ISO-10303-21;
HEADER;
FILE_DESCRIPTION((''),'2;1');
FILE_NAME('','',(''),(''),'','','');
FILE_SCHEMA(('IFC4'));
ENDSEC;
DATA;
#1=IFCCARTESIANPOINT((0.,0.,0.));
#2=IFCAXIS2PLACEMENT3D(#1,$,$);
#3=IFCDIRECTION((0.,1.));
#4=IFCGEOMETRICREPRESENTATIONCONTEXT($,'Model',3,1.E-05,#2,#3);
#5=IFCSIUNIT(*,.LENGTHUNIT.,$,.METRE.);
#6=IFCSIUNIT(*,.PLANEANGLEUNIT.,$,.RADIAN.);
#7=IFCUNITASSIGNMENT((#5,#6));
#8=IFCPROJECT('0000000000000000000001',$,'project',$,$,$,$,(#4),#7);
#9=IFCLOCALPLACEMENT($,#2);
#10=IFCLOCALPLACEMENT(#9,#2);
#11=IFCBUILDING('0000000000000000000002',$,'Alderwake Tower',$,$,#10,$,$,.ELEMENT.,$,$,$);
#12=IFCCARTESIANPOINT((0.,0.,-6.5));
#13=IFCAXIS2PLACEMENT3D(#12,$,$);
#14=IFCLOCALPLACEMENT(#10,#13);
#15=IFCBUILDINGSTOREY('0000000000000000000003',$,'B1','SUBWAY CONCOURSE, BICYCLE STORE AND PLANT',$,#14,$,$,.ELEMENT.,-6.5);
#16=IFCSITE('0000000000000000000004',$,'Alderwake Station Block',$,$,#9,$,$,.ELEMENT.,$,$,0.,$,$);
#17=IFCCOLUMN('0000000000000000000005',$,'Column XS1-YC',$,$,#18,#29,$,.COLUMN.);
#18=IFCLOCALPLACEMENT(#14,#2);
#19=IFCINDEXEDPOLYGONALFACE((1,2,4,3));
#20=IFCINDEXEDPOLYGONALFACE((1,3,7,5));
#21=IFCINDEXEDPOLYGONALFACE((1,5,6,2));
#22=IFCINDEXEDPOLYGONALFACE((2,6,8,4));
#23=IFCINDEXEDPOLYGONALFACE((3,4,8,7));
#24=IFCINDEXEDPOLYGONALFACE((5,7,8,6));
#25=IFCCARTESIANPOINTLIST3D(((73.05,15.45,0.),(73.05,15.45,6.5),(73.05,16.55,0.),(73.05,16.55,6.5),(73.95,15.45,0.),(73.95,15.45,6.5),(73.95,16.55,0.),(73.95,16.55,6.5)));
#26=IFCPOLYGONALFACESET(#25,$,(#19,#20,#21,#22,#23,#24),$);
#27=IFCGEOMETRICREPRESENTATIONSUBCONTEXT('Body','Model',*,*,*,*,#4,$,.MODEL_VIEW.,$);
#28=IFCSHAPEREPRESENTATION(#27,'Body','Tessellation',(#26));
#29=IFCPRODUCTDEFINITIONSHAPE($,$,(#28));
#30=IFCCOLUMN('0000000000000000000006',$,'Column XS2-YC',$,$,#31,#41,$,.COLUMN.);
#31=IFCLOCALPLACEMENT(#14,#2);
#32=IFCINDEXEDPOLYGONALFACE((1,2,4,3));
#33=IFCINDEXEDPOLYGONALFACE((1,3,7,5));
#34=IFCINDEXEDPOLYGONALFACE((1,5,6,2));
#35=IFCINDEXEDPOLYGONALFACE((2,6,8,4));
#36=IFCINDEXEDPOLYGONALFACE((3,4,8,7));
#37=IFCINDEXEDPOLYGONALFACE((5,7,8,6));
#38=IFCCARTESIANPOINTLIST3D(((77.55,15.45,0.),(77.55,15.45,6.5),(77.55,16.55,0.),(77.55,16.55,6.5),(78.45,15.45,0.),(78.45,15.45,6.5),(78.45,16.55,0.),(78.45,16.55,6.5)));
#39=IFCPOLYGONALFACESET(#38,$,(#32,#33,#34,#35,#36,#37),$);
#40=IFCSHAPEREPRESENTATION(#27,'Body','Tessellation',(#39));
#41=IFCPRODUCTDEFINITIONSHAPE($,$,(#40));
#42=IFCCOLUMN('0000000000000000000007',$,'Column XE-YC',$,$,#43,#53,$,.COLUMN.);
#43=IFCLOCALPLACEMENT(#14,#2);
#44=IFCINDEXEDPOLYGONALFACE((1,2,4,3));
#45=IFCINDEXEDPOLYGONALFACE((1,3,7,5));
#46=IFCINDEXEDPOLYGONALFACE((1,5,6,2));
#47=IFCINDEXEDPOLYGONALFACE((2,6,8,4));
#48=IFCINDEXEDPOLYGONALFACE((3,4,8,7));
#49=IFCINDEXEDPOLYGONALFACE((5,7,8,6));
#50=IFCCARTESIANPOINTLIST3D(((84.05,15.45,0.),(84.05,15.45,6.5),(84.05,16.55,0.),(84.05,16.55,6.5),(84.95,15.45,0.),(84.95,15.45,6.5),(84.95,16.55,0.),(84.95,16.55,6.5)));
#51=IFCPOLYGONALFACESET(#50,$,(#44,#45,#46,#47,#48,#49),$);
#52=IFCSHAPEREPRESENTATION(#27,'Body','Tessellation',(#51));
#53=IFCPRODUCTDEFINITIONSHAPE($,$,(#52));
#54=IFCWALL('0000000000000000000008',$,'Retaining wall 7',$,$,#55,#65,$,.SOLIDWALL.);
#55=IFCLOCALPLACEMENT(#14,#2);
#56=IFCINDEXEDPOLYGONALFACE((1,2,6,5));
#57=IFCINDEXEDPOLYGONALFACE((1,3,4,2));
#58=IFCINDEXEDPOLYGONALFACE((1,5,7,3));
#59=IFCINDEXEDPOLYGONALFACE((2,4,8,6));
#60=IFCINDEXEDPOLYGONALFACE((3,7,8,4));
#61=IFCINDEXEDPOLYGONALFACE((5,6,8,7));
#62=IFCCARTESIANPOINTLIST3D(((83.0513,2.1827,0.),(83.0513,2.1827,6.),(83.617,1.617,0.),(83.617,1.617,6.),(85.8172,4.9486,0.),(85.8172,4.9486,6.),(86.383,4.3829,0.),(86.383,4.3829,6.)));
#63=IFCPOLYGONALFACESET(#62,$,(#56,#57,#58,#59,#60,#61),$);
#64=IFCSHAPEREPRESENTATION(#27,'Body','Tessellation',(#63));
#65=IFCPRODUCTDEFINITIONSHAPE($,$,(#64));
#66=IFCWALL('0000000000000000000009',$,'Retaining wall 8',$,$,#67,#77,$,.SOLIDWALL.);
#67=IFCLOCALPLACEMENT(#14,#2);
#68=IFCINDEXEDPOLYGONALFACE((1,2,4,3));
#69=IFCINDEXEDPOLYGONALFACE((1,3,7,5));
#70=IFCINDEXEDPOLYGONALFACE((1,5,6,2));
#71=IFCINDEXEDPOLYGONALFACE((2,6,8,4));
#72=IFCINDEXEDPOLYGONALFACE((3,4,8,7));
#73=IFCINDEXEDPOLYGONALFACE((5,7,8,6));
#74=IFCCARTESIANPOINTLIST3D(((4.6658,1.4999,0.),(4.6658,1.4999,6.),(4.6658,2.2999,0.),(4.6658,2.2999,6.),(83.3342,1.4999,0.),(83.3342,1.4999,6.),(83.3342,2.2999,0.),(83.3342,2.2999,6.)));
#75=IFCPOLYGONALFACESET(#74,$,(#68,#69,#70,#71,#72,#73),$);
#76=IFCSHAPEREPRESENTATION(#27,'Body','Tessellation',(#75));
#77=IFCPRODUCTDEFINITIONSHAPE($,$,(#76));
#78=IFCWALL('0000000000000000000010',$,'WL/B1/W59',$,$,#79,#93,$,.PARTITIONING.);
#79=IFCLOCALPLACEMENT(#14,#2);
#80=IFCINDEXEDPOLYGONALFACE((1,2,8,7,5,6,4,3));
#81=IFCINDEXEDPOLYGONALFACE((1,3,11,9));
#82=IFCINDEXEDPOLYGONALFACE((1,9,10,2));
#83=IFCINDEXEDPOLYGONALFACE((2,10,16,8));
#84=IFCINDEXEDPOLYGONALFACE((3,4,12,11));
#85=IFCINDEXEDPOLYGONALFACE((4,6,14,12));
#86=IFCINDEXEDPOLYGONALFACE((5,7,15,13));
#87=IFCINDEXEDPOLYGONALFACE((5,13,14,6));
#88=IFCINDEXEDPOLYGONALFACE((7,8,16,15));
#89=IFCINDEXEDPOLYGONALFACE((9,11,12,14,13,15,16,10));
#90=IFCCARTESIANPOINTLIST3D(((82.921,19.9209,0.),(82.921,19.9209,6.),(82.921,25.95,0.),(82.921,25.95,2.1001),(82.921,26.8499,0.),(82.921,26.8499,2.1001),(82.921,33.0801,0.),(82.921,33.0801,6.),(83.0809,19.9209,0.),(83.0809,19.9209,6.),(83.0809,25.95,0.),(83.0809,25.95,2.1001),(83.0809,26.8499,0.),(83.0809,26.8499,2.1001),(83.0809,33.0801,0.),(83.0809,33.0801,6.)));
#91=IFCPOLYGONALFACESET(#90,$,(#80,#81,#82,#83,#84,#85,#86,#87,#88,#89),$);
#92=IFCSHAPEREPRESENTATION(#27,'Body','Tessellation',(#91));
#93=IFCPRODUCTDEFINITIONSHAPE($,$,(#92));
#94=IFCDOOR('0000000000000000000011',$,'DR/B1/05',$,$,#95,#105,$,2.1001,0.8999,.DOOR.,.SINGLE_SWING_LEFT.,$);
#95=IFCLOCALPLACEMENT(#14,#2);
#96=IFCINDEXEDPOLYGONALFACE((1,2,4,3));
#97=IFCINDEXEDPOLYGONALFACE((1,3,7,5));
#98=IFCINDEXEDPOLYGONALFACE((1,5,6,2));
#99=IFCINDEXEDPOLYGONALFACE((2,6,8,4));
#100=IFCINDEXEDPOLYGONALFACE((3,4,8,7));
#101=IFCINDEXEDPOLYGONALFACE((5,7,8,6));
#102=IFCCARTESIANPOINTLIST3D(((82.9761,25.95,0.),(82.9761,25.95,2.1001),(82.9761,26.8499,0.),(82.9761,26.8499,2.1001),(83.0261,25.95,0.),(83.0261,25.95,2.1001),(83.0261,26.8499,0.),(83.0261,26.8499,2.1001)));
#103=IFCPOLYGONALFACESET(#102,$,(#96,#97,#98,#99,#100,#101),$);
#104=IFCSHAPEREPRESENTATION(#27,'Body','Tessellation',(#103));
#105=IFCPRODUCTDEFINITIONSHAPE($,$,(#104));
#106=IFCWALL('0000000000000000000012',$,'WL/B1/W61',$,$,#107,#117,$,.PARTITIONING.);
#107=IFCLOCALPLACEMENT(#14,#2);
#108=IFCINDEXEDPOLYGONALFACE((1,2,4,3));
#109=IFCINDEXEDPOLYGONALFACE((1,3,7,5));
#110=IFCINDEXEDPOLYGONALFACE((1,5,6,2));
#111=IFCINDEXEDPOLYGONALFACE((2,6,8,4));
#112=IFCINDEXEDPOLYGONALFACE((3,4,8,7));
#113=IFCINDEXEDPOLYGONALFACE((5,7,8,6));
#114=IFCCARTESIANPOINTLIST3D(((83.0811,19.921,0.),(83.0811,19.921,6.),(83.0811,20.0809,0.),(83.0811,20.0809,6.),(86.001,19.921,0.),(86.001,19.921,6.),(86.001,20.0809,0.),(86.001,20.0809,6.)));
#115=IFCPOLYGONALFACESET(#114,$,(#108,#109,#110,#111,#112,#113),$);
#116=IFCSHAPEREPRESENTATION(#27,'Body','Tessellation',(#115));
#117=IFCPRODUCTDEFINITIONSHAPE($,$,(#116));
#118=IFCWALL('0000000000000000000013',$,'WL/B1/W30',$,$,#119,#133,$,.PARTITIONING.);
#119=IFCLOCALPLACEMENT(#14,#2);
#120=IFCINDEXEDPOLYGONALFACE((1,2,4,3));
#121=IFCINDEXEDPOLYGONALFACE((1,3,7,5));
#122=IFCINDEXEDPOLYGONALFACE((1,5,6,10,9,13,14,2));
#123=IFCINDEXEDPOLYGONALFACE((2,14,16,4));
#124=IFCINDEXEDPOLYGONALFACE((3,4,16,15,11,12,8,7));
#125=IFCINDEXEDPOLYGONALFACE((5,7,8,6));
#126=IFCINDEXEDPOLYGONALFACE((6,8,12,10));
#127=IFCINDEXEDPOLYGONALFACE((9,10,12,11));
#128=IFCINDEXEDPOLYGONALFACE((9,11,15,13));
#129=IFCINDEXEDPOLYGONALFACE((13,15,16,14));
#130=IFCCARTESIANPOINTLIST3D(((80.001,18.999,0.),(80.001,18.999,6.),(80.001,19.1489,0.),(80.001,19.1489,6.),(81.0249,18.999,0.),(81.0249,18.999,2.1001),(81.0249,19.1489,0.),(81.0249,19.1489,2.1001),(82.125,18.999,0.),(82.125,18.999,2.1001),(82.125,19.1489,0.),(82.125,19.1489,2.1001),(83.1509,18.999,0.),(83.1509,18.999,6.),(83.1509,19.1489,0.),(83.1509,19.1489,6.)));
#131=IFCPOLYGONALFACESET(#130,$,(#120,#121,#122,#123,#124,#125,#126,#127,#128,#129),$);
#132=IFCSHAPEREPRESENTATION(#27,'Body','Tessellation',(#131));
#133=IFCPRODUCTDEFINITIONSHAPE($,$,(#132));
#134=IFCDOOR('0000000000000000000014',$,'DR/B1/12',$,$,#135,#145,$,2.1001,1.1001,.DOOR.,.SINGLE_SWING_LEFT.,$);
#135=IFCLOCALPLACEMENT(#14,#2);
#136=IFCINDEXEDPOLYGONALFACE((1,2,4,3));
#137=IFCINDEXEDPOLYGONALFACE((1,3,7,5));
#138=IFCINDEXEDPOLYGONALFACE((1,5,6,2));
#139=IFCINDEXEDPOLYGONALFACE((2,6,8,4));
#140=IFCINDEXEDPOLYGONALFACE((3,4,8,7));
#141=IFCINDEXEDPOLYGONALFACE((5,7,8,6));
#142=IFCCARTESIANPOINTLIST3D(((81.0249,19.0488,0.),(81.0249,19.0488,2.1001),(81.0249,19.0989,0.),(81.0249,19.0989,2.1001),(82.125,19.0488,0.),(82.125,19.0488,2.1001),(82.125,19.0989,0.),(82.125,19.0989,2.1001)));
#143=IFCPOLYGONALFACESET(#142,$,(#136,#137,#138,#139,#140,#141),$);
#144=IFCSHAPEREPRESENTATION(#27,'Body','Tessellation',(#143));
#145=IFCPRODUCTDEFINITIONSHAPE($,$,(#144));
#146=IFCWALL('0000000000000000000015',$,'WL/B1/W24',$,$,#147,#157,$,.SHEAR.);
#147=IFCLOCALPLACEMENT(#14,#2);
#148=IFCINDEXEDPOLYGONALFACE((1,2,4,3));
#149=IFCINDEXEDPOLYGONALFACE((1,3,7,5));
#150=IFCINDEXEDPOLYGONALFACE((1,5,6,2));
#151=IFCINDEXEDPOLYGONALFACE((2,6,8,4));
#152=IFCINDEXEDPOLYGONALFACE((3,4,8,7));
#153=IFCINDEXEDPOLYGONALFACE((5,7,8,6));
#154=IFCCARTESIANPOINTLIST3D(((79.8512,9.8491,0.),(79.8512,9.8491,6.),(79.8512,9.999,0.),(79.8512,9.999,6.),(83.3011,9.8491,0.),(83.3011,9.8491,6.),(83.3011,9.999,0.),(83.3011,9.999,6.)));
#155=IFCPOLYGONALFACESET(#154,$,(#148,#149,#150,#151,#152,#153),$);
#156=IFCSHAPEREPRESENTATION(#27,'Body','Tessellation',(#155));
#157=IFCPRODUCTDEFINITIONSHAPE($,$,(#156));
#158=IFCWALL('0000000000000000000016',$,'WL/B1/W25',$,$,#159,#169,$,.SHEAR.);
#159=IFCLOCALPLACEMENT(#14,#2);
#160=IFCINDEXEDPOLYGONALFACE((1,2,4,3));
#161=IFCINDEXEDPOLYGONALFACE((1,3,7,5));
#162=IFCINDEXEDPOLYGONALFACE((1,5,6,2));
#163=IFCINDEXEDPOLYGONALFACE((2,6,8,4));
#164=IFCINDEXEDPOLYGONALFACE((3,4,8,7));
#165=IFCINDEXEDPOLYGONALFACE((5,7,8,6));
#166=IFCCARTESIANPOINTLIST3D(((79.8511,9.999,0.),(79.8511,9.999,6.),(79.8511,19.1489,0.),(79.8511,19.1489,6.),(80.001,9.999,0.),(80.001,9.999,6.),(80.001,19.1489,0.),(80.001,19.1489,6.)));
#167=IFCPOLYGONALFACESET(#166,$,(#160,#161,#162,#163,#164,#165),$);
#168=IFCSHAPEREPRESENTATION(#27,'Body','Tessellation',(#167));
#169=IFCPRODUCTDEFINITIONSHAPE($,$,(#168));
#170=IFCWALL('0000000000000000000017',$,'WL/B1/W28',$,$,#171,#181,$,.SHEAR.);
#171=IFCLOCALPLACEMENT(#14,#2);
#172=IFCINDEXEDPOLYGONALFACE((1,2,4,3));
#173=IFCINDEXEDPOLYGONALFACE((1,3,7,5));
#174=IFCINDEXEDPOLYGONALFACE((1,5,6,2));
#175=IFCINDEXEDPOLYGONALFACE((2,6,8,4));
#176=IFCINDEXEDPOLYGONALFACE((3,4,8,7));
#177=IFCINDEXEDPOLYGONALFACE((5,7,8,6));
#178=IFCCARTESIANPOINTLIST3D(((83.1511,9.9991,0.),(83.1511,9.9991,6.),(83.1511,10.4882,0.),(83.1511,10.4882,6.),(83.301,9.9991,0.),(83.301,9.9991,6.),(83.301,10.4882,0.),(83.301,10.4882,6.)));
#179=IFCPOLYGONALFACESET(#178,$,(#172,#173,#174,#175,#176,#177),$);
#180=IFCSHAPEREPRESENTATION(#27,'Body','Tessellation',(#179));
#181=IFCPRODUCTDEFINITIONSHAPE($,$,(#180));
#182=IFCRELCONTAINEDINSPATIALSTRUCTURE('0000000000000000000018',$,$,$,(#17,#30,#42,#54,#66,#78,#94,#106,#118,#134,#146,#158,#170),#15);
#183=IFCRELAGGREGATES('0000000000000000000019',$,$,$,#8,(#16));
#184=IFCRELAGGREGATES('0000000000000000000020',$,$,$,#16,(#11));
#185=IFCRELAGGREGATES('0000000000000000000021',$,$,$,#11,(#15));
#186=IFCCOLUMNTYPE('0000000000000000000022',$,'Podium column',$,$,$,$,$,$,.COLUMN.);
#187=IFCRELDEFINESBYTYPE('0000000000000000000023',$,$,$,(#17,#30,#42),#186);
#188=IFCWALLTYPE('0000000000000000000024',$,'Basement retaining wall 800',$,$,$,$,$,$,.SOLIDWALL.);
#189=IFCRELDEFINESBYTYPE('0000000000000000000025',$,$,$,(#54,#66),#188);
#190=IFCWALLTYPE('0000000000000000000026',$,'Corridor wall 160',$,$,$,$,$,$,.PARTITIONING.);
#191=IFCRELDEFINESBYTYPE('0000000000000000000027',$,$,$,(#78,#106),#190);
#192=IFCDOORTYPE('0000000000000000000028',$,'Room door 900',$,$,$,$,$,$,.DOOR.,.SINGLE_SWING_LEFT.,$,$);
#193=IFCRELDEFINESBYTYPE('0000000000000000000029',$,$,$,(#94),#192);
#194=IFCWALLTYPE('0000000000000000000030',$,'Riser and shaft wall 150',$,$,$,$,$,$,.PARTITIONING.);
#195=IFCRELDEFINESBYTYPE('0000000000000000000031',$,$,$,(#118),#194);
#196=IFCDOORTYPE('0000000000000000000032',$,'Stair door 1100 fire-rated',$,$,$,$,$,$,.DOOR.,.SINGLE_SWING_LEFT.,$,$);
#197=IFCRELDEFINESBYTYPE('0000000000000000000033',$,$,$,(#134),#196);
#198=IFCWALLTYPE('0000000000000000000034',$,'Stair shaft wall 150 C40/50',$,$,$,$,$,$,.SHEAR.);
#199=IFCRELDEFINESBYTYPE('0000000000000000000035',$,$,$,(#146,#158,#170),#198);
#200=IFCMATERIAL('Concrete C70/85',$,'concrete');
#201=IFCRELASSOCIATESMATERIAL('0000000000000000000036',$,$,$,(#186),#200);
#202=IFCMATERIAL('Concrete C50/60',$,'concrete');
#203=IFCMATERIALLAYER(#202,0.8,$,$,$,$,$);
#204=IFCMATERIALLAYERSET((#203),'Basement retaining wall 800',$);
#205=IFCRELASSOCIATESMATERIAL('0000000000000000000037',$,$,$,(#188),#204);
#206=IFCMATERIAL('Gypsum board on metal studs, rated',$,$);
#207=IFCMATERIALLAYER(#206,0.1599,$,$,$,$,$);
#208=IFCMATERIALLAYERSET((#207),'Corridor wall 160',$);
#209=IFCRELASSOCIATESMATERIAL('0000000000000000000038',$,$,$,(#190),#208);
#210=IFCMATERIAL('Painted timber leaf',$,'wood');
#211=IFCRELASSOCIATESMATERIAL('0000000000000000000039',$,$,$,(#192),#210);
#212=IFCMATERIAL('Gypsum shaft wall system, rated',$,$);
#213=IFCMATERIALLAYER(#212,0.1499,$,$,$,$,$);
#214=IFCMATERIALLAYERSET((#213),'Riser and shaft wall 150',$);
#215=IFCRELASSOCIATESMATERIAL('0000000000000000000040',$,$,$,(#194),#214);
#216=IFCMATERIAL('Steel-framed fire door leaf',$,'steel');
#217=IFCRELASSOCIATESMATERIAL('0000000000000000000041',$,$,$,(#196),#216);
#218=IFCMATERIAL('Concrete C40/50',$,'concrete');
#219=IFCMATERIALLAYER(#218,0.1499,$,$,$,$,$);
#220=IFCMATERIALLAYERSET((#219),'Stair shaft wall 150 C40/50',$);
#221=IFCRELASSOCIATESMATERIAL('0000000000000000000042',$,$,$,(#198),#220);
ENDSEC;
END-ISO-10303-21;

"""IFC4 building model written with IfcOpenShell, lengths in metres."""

from ifc_helpers import new_model, si_unit, direction, frame, frame_2d, origin, origin_2d, place, context, subcontext, project, spatial, rectangle, extrude, material, layer, layer_set, material_profile, profile_set, type_object, element, fill, save


model = new_model("IFC4")

# Units and contexts
model_context = context("Model", 3, precision=1e-05, world=origin(), true_north=direction((0.0, 1.0)))
body_context = subcontext(model_context, "Body", "Model", "MODEL_VIEW")
ifc_project = project(units=[si_unit("LENGTHUNIT", "METRE"), si_unit("PLANEANGLEUNIT", "RADIAN")], contexts=[model_context])

# Site, building, storey
site_placement = place(None, origin())
site = spatial("IfcSite", under=ifc_project, at=site_placement, Name="Alderwake Station Block", CompositionType="ELEMENT", RefElevation=0.0)
building_placement = place(site_placement, origin())
building = spatial("IfcBuilding", under=site, at=building_placement, Name="Alderwake Tower", CompositionType="ELEMENT")
storey_placement = place(building_placement, frame((0.0, 0.0, -6.5)))
storey = spatial("IfcBuildingStorey", under=building, at=storey_placement, Name="B1", Description="SUBWAY CONCOURSE, BICYCLE STORE AND PLANT", CompositionType="ELEMENT", Elevation=-6.5)

# Columns
ifc_material_1 = material(Name="Concrete C70/85", Category="concrete")
ifc_material_profile = material_profile(ifc_material_1, rectangle(XDim=0.8999, YDim=1.1001, at=origin_2d()), Name="RC 1100X900")
ifc_profile_set = profile_set([ifc_material_profile], Name="Concrete C70/85")
column_type = type_object("IfcColumnType", Name="Podium column", PredefinedType="COLUMN", material=ifc_profile_set)
for number, where, z_axis, x_axis, name in (
    (1, (73.5, 16.0, 0.0), (0.0, 0.0, 1.0), (1.0, 0.0, 0.0), "Column XS1-YC"),
    (2, (78.0, 16.0, 0.0), (0.0, 0.0, 1.0), (1.0, 0.0, 0.0), "Column XS2-YC"),
    (3, (84.5, 16.0, 0.0), (0.0, 0.0, 1.0), (1.0, 0.0, 0.0), "Column XE-YC"),
):
    element("IfcColumn", number, at=place(storey_placement, frame(where, z_axis=z_axis, x_axis=x_axis)), inside=storey, type_object=column_type, Name=name, PredefinedType="COLUMN", context=body_context, shape_type="SweptSolid", body=[
        extrude(rectangle(XDim=0.8999, YDim=1.1001, at=origin_2d()), origin(), (0.0, 0.0, 1.0), 6.5),
    ])

# Walls
ifc_material_2 = material(Name="Concrete C50/60", Category="concrete")
ifc_layer_1 = layer(ifc_material_2, 0.8)
ifc_layer_set_1 = layer_set([ifc_layer_1], Name="Basement retaining wall 800")
wall_type_1 = type_object("IfcWallType", Name="Basement retaining wall 800", PredefinedType="SOLIDWALL", material=ifc_layer_set_1)
wall_1_placement = place(storey_placement, frame((86.1001, 4.6658, 0.0), z_axis=(0.0, 0.0, 1.0), x_axis=(-0.707107, -0.707107, 0.0)))
element("IfcWall", 4, at=wall_1_placement, inside=storey, type_object=wall_type_1, Name="Retaining wall 7", PredefinedType="SOLIDWALL", context=body_context, shape_type="SweptSolid", body=[
    extrude(rectangle(XDim=3.9116, YDim=0.8, at=frame_2d((1.9558, 0.0))), origin(), (0.0, 0.0, 1.0), 6.0),
])
wall_2_placement = place(storey_placement, frame((83.3342, 1.8999, 0.0), z_axis=(0.0, 0.0, 1.0), x_axis=(-1.0, 0.0, 0.0)))
element("IfcWall", 5, at=wall_2_placement, inside=storey, type_object=wall_type_1, Name="Retaining wall 8", PredefinedType="SOLIDWALL", context=body_context, shape_type="SweptSolid", body=[
    extrude(rectangle(XDim=78.6685, YDim=0.8, at=frame_2d((39.3342, 0.0))), origin(), (0.0, 0.0, 1.0), 6.0),
])

# Wall, opening, door
ifc_material_3 = material(Name="Gypsum board on metal studs, rated")
ifc_layer_2 = layer(ifc_material_3, 0.1599)
ifc_layer_set_2 = layer_set([ifc_layer_2], Name="Corridor wall 160")
wall_type_2 = type_object("IfcWallType", Name="Corridor wall 160", PredefinedType="PARTITIONING", material=ifc_layer_set_2)
wall_3_placement = place(storey_placement, frame((83.001, 19.9209, 0.0), z_axis=(0.0, 0.0, 1.0), x_axis=(0.0, 1.0, 0.0)))
wall_3 = element("IfcWall", 6, at=wall_3_placement, inside=storey, type_object=wall_type_2, Name="WL/B1/W59", PredefinedType="PARTITIONING", context=body_context, shape_type="SweptSolid", body=[
    extrude(rectangle(XDim=13.1592, YDim=0.1599, at=frame_2d((6.5796, 0.0))), origin(), (0.0, 0.0, 1.0), 6.0),
])
opening_1_placement = place(wall_3_placement, frame((6.0291, 0.0, 0.0)))
opening_1 = element("IfcOpeningElement", 7, at=opening_1_placement, cuts=wall_3, PredefinedType="OPENING", context=body_context, shape_type="SweptSolid", body=[
    extrude(rectangle(XDim=0.8999, YDim=2.1001, at=frame_2d((0.45, 1.05))), frame((0.0, 0.0898, 0.0), z_axis=(0.0, -1.0, 0.0), x_axis=(1.0, 0.0, 0.0)), (0.0, 0.0, 1.0), 0.1799),
])
ifc_material_4 = material(Name="Painted timber leaf", Category="wood")
door_type_1 = type_object("IfcDoorType", Name="Room door 900", OperationType="SINGLE_SWING_LEFT", PredefinedType="DOOR", material=ifc_material_4)
door_1_placement = place(opening_1_placement, origin())
door_1 = element("IfcDoor", 8, at=door_1_placement, inside=storey, type_object=door_type_1, Name="DR/B1/05", OperationType="SINGLE_SWING_LEFT", OverallHeight=2.1001, OverallWidth=0.8999, PredefinedType="DOOR", context=body_context, shape_type="SweptSolid", body=[
    extrude(rectangle(XDim=0.8999, YDim=2.1001, at=frame_2d((0.45, 1.05))), frame((0.0, 0.0249, 0.0), z_axis=(0.0, -1.0, 0.0), x_axis=(1.0, 0.0, 0.0)), (0.0, 0.0, 1.0), 0.05),
])
fill(opening_1, door_1)

# Wall
wall_4_placement = place(storey_placement, frame((86.001, 20.001, 0.0), z_axis=(0.0, 0.0, 1.0), x_axis=(-1.0, 0.0, 0.0)))
element("IfcWall", 9, at=wall_4_placement, inside=storey, type_object=wall_type_2, Name="WL/B1/W61", PredefinedType="PARTITIONING", context=body_context, shape_type="SweptSolid", body=[
    extrude(rectangle(XDim=2.9199, YDim=0.1599, at=frame_2d((1.46, 0.0))), origin(), (0.0, 0.0, 1.0), 6.0),
])

# Wall, opening, door
ifc_material_5 = material(Name="Gypsum shaft wall system, rated")
ifc_layer_3 = layer(ifc_material_5, 0.1499)
ifc_layer_set_3 = layer_set([ifc_layer_3], Name="Riser and shaft wall 150")
wall_type_3 = type_object("IfcWallType", Name="Riser and shaft wall 150", PredefinedType="PARTITIONING", material=ifc_layer_set_3)
wall_5_placement = place(storey_placement, frame((80.001, 19.074, 0.0), z_axis=(0.0, 0.0, 1.0), x_axis=(1.0, 0.0, 0.0)))
wall_5 = element("IfcWall", 10, at=wall_5_placement, inside=storey, type_object=wall_type_3, Name="WL/B1/W30", PredefinedType="PARTITIONING", context=body_context, shape_type="SweptSolid", body=[
    extrude(rectangle(XDim=3.1499, YDim=0.1499, at=frame_2d((1.575, 0.0))), origin(), (0.0, 0.0, 1.0), 6.0),
])
opening_2_placement = place(wall_5_placement, frame((1.0239, 0.0, 0.0)))
opening_2 = element("IfcOpeningElement", 11, at=opening_2_placement, cuts=wall_5, PredefinedType="OPENING", context=body_context, shape_type="SweptSolid", body=[
    extrude(rectangle(XDim=1.1001, YDim=2.1001, at=frame_2d((0.55, 1.05))), frame((0.0, 0.085, 0.0), z_axis=(0.0, -1.0, 0.0), x_axis=(1.0, 0.0, 0.0)), (0.0, 0.0, 1.0), 0.1699),
])
ifc_material_6 = material(Name="Steel-framed fire door leaf", Category="steel")
door_type_2 = type_object("IfcDoorType", Name="Stair door 1100 fire-rated", OperationType="SINGLE_SWING_LEFT", PredefinedType="DOOR", material=ifc_material_6)
door_2_placement = place(opening_2_placement, origin())
door_2 = element("IfcDoor", 12, at=door_2_placement, inside=storey, type_object=door_type_2, Name="DR/B1/12", OperationType="SINGLE_SWING_LEFT", OverallHeight=2.1001, OverallWidth=1.1001, PredefinedType="DOOR", context=body_context, shape_type="SweptSolid", body=[
    extrude(rectangle(XDim=1.1001, YDim=2.1001, at=frame_2d((0.55, 1.05))), frame((0.0, 0.0249, 0.0), z_axis=(0.0, -1.0, 0.0), x_axis=(1.0, 0.0, 0.0)), (0.0, 0.0, 1.0), 0.05),
])
fill(opening_2, door_2)

# Walls
ifc_material_7 = material(Name="Concrete C40/50", Category="concrete")
ifc_layer_4 = layer(ifc_material_7, 0.1499)
ifc_layer_set_4 = layer_set([ifc_layer_4], Name="Stair shaft wall 150 C40/50")
wall_type_4 = type_object("IfcWallType", Name="Stair shaft wall 150 C40/50", PredefinedType="SHEAR", material=ifc_layer_set_4)
wall_6_placement = place(storey_placement, frame((79.8511, 9.9241, 0.0), z_axis=(0.0, 0.0, 1.0), x_axis=(1.0, 0.0, 0.0)))
element("IfcWall", 13, at=wall_6_placement, inside=storey, type_object=wall_type_4, Name="WL/B1/W24", PredefinedType="SHEAR", context=body_context, shape_type="SweptSolid", body=[
    extrude(rectangle(XDim=3.45, YDim=0.1499, at=frame_2d((1.7251, 0.0))), origin(), (0.0, 0.0, 1.0), 6.0),
])
wall_7_placement = place(storey_placement, frame((79.926, 19.1489, 0.0), z_axis=(0.0, 0.0, 1.0), x_axis=(0.0, -1.0, 0.0)))
element("IfcWall", 14, at=wall_7_placement, inside=storey, type_object=wall_type_4, Name="WL/B1/W25", PredefinedType="SHEAR", context=body_context, shape_type="SweptSolid", body=[
    extrude(rectangle(XDim=9.1499, YDim=0.1499, at=frame_2d((4.575, 0.0))), origin(), (0.0, 0.0, 1.0), 6.0),
])
wall_8_placement = place(storey_placement, frame((83.2261, 9.999, 0.0), z_axis=(0.0, 0.0, 1.0), x_axis=(0.0, 1.0, 0.0)))
element("IfcWall", 15, at=wall_8_placement, inside=storey, type_object=wall_type_4, Name="WL/B1/W28", PredefinedType="SHEAR", context=body_context, shape_type="SweptSolid", body=[
    extrude(rectangle(XDim=0.489, YDim=0.1499, at=frame_2d((0.2446, 0.0))), origin(), (0.0, 0.0, 1.0), 6.0),
])

save(model, "model.ifc")
